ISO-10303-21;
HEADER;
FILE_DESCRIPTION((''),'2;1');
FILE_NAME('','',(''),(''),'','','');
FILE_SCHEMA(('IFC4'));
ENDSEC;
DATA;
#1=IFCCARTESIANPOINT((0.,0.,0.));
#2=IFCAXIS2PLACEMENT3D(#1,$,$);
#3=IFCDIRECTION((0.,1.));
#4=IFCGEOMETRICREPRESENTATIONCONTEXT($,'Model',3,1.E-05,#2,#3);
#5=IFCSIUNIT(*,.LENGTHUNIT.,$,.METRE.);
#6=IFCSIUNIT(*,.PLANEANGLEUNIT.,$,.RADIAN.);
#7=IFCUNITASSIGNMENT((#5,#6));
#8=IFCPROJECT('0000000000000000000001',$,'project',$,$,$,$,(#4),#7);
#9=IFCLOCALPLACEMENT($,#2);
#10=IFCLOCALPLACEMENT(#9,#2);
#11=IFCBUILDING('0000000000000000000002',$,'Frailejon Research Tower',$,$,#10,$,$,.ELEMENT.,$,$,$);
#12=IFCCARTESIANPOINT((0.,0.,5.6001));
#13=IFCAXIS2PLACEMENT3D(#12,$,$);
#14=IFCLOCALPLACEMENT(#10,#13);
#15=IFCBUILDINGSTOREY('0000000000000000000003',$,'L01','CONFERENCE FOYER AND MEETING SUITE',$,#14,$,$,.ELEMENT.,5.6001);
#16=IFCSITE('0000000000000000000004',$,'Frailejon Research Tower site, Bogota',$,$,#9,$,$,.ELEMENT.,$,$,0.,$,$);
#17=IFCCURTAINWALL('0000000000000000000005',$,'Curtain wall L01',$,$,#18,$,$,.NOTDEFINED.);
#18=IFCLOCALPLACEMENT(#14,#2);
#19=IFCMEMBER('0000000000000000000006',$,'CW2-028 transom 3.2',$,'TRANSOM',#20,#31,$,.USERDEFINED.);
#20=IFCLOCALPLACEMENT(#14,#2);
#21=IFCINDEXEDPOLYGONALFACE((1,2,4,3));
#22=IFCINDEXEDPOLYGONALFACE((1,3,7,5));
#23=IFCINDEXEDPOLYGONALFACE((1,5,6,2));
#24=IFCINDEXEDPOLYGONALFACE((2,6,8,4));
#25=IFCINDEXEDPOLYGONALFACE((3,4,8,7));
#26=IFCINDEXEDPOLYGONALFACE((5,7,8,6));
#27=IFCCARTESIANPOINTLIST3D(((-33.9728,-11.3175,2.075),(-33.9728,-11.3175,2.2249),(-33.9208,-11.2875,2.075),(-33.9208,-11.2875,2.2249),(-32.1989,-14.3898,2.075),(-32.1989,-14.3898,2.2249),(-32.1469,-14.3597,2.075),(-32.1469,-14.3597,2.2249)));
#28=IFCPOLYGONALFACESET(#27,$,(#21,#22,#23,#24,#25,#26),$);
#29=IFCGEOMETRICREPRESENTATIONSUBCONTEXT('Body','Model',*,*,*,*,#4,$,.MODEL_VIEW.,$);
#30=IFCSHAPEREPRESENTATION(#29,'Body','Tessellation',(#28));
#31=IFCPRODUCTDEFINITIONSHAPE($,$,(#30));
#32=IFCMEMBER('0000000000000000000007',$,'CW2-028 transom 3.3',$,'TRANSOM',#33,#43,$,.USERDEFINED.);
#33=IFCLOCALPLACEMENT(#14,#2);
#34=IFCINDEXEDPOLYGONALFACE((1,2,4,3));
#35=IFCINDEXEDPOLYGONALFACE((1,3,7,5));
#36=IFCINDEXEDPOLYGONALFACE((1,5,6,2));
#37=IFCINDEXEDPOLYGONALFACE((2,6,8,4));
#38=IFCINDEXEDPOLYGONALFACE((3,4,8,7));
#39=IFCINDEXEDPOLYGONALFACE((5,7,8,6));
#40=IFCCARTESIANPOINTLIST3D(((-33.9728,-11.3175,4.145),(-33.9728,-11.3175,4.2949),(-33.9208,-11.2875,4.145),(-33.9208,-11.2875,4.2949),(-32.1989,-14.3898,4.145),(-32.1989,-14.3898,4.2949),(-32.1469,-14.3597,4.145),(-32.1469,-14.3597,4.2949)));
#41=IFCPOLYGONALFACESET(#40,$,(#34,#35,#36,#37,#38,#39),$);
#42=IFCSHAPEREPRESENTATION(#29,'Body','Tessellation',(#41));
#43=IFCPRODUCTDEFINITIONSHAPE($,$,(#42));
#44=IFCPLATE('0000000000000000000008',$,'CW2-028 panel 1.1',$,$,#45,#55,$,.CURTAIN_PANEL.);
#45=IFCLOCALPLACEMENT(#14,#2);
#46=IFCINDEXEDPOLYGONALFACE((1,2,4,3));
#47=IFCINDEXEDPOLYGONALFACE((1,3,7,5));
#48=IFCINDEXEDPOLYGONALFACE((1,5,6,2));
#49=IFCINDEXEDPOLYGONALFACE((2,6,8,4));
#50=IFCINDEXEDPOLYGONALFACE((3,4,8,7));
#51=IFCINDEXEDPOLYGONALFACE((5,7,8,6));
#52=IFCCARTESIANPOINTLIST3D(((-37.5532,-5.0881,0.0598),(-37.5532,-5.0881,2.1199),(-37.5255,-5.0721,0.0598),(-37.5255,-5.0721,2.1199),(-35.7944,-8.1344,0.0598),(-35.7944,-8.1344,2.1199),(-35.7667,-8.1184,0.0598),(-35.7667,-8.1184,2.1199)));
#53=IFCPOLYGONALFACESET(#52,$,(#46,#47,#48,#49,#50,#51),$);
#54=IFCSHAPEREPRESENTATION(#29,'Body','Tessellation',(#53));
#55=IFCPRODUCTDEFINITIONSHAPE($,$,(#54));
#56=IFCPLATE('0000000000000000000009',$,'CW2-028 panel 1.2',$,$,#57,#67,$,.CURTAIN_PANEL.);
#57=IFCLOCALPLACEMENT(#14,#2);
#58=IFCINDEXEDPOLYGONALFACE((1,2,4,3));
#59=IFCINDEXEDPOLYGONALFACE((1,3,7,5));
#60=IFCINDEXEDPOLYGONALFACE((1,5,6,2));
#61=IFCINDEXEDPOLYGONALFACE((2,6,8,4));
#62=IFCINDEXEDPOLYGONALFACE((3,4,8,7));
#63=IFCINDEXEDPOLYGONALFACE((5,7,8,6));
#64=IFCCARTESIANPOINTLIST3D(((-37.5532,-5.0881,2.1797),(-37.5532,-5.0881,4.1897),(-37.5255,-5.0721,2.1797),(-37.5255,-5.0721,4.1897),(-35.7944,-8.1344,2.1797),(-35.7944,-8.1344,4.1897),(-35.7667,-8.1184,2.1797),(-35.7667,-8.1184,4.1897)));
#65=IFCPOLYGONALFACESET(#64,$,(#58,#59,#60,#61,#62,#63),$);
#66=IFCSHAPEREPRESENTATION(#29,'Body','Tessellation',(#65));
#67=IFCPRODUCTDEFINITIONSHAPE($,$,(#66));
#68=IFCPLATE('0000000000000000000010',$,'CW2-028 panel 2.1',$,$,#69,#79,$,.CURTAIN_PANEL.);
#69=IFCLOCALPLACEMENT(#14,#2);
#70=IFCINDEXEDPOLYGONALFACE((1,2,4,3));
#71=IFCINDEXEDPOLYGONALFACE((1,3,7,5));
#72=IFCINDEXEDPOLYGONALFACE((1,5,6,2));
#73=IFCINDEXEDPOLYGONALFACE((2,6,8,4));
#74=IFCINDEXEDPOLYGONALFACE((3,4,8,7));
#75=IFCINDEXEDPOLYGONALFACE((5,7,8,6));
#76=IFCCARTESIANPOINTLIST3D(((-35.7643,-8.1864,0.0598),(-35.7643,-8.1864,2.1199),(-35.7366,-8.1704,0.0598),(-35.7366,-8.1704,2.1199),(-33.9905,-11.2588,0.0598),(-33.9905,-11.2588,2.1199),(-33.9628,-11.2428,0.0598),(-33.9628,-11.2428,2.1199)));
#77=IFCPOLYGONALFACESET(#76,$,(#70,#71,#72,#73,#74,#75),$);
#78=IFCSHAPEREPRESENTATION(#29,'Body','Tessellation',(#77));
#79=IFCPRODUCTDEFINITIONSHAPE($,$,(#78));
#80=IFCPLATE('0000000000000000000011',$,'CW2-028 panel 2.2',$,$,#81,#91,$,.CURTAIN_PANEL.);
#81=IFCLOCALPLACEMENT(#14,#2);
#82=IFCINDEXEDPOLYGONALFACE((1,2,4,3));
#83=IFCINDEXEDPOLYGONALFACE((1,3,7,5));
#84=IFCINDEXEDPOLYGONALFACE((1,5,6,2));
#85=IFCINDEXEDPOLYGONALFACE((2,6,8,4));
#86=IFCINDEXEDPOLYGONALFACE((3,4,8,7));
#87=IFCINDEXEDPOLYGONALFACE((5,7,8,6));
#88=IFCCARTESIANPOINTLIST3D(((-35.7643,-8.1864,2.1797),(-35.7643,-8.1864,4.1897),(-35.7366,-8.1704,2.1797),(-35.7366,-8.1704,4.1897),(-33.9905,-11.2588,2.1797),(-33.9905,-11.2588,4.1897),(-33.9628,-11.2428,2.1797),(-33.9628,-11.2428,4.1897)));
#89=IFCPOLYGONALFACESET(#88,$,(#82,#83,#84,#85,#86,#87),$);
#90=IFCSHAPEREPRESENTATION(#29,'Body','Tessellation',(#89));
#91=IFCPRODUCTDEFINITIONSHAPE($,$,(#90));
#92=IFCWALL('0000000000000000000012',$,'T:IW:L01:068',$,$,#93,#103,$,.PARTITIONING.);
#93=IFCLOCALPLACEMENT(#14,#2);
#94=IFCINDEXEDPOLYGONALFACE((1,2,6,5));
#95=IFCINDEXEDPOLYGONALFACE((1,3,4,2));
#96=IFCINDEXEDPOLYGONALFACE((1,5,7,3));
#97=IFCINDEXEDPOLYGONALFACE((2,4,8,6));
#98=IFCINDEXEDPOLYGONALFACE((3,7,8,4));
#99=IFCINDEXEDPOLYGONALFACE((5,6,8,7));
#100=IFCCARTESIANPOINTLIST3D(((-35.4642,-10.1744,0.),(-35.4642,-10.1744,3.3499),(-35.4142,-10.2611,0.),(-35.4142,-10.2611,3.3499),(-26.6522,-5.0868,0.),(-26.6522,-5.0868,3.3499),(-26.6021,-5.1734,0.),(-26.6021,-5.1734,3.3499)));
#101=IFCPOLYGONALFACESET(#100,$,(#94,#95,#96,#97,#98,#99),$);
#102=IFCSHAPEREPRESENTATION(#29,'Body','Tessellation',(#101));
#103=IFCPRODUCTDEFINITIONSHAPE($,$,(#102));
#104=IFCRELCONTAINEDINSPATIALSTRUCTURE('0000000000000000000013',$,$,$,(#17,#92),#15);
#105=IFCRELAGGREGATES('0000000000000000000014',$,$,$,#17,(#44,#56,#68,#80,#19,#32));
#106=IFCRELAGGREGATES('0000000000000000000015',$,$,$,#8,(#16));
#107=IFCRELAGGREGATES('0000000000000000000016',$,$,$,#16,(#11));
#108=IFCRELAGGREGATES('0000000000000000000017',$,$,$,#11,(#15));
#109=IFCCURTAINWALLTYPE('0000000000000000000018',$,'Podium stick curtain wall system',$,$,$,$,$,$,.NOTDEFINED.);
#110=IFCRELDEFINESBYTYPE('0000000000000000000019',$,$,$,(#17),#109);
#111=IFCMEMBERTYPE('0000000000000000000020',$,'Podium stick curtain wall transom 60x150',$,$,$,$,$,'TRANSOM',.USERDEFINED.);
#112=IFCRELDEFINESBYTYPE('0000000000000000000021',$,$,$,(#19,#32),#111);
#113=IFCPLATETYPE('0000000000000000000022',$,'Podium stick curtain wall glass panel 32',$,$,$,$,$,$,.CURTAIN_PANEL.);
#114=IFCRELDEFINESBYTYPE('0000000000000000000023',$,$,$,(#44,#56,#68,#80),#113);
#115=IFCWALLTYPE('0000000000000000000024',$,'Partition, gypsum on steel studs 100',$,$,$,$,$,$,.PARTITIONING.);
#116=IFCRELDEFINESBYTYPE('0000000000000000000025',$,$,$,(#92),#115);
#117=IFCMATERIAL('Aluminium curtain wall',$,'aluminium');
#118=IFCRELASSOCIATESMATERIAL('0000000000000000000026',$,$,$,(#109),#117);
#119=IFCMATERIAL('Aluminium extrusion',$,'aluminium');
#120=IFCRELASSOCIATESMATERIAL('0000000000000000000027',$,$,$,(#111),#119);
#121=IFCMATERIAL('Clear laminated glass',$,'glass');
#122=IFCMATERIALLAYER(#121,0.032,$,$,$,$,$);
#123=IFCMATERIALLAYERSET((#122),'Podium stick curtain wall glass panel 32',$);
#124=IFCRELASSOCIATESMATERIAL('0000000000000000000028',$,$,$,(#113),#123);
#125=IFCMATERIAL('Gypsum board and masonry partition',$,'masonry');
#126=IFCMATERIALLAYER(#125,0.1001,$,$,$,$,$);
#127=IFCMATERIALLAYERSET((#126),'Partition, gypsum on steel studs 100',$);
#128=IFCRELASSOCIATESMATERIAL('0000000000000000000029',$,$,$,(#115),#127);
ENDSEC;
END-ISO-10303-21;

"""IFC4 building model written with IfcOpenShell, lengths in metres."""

from ifc_helpers import new_model, si_unit, direction, frame, frame_2d, origin, origin_2d, place, context, subcontext, project, spatial, rectangle, extrude, material, layer, layer_set, material_profile, profile_set, type_object, element, aggregate, save


model = new_model("IFC4")

# Units and contexts
model_context = context("Model", 3, precision=1e-05, world=origin(), true_north=direction((0.0, 1.0)))
body_context = subcontext(model_context, "Body", "Model", "MODEL_VIEW")
ifc_project = project(units=[si_unit("LENGTHUNIT", "METRE"), si_unit("PLANEANGLEUNIT", "RADIAN")], contexts=[model_context])

# Site, building, storey
site_placement = place(None, origin())
site = spatial("IfcSite", under=ifc_project, at=site_placement, Name="Frailejon Research Tower site, Bogota", CompositionType="ELEMENT", RefElevation=0.0)
building_placement = place(site_placement, origin())
building = spatial("IfcBuilding", under=site, at=building_placement, Name="Frailejon Research Tower", CompositionType="ELEMENT")
storey_placement = place(building_placement, frame((0.0, 0.0, 5.6001)))
storey = spatial("IfcBuildingStorey", under=building, at=storey_placement, Name="L01", Description="CONFERENCE FOYER AND MEETING SUITE", CompositionType="ELEMENT", Elevation=5.6001)

# Curtain wall, members, plates
ifc_material_1 = material(Name="Aluminium curtain wall", Category="aluminium")
curtain_wall_type = type_object("IfcCurtainWallType", Name="Podium stick curtain wall system", PredefinedType="NOTDEFINED", material=ifc_material_1)
curtain_wall_placement = place(storey_placement, origin())
curtain_wall = element("IfcCurtainWall", 1, at=curtain_wall_placement, inside=storey, type_object=curtain_wall_type, Name="Curtain wall L01", PredefinedType="NOTDEFINED")
ifc_material_2 = material(Name="Aluminium extrusion", Category="aluminium")
ifc_material_profile_1 = material_profile(ifc_material_2, rectangle(XDim=0.0601, YDim=0.1499, at=origin_2d()), Name="Podium stick curtain wall transom 60x150")
ifc_profile_set_1 = profile_set([ifc_material_profile_1], Name="Aluminium extrusion")
member_type_1 = type_object("IfcMemberType", Name="Podium stick curtain wall transom 60x150", ElementType="TRANSOM", PredefinedType="USERDEFINED", material=ifc_profile_set_1)
member_1_placement = place(storey_placement, frame((-33.9468, -11.3025, 2.1499), z_axis=(0.500032, -0.866007, 0.0), x_axis=(0.866007, 0.500032, 0.0)))
member_1 = element("IfcMember", 2, at=member_1_placement, type_object=member_type_1, Name="CW2-028 transom 3.2", ObjectType="TRANSOM", PredefinedType="USERDEFINED", context=body_context, shape_type="SweptSolid", body=[
    extrude(rectangle(XDim=0.0601, YDim=0.1499, at=origin_2d()), origin(), (0.0, 0.0, 1.0), 3.5476),
])
member_2_placement = place(storey_placement, frame((-33.9468, -11.3025, 4.22), z_axis=(0.500032, -0.866007, 0.0), x_axis=(0.866007, 0.500032, 0.0)))
member_2 = element("IfcMember", 3, at=member_2_placement, type_object=member_type_1, Name="CW2-028 transom 3.3", ObjectType="TRANSOM", PredefinedType="USERDEFINED", context=body_context, shape_type="SweptSolid", body=[
    extrude(rectangle(XDim=0.0601, YDim=0.1499, at=origin_2d()), origin(), (0.0, 0.0, 1.0), 3.5476),
])
ifc_material_3 = material(Name="Clear laminated glass", Category="glass")
ifc_layer_1 = layer(ifc_material_3, 0.032)
ifc_layer_set_1 = layer_set([ifc_layer_1], Name="Podium stick curtain wall glass panel 32")
plate_type = type_object("IfcPlateType", Name="Podium stick curtain wall glass panel 32", PredefinedType="CURTAIN_PANEL", material=ifc_layer_set_1)
plate_1_placement = place(storey_placement, frame((-36.6599, -6.6033, 0.0598), z_axis=(0.0, 0.0, 1.0), x_axis=(0.499998, -0.866026, 0.0)))
plate_1 = element("IfcPlate", 4, at=plate_1_placement, type_object=plate_type, Name="CW2-028 panel 1.1", PredefinedType="CURTAIN_PANEL", context=body_context, shape_type="SweptSolid", body=[
    extrude(rectangle(XDim=3.5176, YDim=0.032, at=origin_2d()), origin(), (0.0, 0.0, 1.0), 2.0601),
])
plate_2_placement = place(storey_placement, frame((-36.6599, -6.6033, 2.1797), z_axis=(0.0, 0.0, 1.0), x_axis=(0.499998, -0.866026, 0.0)))
plate_2 = element("IfcPlate", 5, at=plate_2_placement, type_object=plate_type, Name="CW2-028 panel 1.2", PredefinedType="CURTAIN_PANEL", context=body_context, shape_type="SweptSolid", body=[
    extrude(rectangle(XDim=3.5176, YDim=0.032, at=origin_2d()), origin(), (0.0, 0.0, 1.0), 2.01),
])
plate_3_placement = place(storey_placement, frame((-34.8635, -9.7146, 0.0598), z_axis=(0.0, 0.0, 1.0), x_axis=(0.499998, -0.866026, 0.0)))
plate_3 = element("IfcPlate", 6, at=plate_3_placement, type_object=plate_type, Name="CW2-028 panel 2.1", PredefinedType="CURTAIN_PANEL", context=body_context, shape_type="SweptSolid", body=[
    extrude(rectangle(XDim=3.5476, YDim=0.032, at=origin_2d()), origin(), (0.0, 0.0, 1.0), 2.0601),
])
plate_4_placement = place(storey_placement, frame((-34.8635, -9.7146, 2.1797), z_axis=(0.0, 0.0, 1.0), x_axis=(0.499998, -0.866026, 0.0)))
plate_4 = element("IfcPlate", 7, at=plate_4_placement, type_object=plate_type, Name="CW2-028 panel 2.2", PredefinedType="CURTAIN_PANEL", context=body_context, shape_type="SweptSolid", body=[
    extrude(rectangle(XDim=3.5476, YDim=0.032, at=origin_2d()), origin(), (0.0, 0.0, 1.0), 2.01),
])
aggregate(curtain_wall, [plate_1, plate_2, plate_3, plate_4, member_1, member_2])

# Wall
ifc_material_4 = material(Name="Gypsum board and masonry partition", Category="masonry")
ifc_layer_2 = layer(ifc_material_4, 0.1001)
ifc_layer_set_2 = layer_set([ifc_layer_2], Name="Partition, gypsum on steel studs 100")
wall_type = type_object("IfcWallType", Name="Partition, gypsum on steel studs 100", PredefinedType="PARTITIONING", material=ifc_layer_set_2)
wall_placement = place(storey_placement, frame((-35.4392, -10.2178, 0.0), z_axis=(0.0, 0.0, 1.0), x_axis=(0.866024, 0.500002, 0.0)))
element("IfcWall", 8, at=wall_placement, inside=storey, type_object=wall_type, Name="T:IW:L01:068", PredefinedType="PARTITIONING", context=body_context, shape_type="SweptSolid", body=[
    extrude(rectangle(XDim=10.1753, YDim=0.1001, at=frame_2d((5.0876, 0.0))), origin(), (0.0, 0.0, 1.0), 3.3499),
])

save(model, "model.ifc")
